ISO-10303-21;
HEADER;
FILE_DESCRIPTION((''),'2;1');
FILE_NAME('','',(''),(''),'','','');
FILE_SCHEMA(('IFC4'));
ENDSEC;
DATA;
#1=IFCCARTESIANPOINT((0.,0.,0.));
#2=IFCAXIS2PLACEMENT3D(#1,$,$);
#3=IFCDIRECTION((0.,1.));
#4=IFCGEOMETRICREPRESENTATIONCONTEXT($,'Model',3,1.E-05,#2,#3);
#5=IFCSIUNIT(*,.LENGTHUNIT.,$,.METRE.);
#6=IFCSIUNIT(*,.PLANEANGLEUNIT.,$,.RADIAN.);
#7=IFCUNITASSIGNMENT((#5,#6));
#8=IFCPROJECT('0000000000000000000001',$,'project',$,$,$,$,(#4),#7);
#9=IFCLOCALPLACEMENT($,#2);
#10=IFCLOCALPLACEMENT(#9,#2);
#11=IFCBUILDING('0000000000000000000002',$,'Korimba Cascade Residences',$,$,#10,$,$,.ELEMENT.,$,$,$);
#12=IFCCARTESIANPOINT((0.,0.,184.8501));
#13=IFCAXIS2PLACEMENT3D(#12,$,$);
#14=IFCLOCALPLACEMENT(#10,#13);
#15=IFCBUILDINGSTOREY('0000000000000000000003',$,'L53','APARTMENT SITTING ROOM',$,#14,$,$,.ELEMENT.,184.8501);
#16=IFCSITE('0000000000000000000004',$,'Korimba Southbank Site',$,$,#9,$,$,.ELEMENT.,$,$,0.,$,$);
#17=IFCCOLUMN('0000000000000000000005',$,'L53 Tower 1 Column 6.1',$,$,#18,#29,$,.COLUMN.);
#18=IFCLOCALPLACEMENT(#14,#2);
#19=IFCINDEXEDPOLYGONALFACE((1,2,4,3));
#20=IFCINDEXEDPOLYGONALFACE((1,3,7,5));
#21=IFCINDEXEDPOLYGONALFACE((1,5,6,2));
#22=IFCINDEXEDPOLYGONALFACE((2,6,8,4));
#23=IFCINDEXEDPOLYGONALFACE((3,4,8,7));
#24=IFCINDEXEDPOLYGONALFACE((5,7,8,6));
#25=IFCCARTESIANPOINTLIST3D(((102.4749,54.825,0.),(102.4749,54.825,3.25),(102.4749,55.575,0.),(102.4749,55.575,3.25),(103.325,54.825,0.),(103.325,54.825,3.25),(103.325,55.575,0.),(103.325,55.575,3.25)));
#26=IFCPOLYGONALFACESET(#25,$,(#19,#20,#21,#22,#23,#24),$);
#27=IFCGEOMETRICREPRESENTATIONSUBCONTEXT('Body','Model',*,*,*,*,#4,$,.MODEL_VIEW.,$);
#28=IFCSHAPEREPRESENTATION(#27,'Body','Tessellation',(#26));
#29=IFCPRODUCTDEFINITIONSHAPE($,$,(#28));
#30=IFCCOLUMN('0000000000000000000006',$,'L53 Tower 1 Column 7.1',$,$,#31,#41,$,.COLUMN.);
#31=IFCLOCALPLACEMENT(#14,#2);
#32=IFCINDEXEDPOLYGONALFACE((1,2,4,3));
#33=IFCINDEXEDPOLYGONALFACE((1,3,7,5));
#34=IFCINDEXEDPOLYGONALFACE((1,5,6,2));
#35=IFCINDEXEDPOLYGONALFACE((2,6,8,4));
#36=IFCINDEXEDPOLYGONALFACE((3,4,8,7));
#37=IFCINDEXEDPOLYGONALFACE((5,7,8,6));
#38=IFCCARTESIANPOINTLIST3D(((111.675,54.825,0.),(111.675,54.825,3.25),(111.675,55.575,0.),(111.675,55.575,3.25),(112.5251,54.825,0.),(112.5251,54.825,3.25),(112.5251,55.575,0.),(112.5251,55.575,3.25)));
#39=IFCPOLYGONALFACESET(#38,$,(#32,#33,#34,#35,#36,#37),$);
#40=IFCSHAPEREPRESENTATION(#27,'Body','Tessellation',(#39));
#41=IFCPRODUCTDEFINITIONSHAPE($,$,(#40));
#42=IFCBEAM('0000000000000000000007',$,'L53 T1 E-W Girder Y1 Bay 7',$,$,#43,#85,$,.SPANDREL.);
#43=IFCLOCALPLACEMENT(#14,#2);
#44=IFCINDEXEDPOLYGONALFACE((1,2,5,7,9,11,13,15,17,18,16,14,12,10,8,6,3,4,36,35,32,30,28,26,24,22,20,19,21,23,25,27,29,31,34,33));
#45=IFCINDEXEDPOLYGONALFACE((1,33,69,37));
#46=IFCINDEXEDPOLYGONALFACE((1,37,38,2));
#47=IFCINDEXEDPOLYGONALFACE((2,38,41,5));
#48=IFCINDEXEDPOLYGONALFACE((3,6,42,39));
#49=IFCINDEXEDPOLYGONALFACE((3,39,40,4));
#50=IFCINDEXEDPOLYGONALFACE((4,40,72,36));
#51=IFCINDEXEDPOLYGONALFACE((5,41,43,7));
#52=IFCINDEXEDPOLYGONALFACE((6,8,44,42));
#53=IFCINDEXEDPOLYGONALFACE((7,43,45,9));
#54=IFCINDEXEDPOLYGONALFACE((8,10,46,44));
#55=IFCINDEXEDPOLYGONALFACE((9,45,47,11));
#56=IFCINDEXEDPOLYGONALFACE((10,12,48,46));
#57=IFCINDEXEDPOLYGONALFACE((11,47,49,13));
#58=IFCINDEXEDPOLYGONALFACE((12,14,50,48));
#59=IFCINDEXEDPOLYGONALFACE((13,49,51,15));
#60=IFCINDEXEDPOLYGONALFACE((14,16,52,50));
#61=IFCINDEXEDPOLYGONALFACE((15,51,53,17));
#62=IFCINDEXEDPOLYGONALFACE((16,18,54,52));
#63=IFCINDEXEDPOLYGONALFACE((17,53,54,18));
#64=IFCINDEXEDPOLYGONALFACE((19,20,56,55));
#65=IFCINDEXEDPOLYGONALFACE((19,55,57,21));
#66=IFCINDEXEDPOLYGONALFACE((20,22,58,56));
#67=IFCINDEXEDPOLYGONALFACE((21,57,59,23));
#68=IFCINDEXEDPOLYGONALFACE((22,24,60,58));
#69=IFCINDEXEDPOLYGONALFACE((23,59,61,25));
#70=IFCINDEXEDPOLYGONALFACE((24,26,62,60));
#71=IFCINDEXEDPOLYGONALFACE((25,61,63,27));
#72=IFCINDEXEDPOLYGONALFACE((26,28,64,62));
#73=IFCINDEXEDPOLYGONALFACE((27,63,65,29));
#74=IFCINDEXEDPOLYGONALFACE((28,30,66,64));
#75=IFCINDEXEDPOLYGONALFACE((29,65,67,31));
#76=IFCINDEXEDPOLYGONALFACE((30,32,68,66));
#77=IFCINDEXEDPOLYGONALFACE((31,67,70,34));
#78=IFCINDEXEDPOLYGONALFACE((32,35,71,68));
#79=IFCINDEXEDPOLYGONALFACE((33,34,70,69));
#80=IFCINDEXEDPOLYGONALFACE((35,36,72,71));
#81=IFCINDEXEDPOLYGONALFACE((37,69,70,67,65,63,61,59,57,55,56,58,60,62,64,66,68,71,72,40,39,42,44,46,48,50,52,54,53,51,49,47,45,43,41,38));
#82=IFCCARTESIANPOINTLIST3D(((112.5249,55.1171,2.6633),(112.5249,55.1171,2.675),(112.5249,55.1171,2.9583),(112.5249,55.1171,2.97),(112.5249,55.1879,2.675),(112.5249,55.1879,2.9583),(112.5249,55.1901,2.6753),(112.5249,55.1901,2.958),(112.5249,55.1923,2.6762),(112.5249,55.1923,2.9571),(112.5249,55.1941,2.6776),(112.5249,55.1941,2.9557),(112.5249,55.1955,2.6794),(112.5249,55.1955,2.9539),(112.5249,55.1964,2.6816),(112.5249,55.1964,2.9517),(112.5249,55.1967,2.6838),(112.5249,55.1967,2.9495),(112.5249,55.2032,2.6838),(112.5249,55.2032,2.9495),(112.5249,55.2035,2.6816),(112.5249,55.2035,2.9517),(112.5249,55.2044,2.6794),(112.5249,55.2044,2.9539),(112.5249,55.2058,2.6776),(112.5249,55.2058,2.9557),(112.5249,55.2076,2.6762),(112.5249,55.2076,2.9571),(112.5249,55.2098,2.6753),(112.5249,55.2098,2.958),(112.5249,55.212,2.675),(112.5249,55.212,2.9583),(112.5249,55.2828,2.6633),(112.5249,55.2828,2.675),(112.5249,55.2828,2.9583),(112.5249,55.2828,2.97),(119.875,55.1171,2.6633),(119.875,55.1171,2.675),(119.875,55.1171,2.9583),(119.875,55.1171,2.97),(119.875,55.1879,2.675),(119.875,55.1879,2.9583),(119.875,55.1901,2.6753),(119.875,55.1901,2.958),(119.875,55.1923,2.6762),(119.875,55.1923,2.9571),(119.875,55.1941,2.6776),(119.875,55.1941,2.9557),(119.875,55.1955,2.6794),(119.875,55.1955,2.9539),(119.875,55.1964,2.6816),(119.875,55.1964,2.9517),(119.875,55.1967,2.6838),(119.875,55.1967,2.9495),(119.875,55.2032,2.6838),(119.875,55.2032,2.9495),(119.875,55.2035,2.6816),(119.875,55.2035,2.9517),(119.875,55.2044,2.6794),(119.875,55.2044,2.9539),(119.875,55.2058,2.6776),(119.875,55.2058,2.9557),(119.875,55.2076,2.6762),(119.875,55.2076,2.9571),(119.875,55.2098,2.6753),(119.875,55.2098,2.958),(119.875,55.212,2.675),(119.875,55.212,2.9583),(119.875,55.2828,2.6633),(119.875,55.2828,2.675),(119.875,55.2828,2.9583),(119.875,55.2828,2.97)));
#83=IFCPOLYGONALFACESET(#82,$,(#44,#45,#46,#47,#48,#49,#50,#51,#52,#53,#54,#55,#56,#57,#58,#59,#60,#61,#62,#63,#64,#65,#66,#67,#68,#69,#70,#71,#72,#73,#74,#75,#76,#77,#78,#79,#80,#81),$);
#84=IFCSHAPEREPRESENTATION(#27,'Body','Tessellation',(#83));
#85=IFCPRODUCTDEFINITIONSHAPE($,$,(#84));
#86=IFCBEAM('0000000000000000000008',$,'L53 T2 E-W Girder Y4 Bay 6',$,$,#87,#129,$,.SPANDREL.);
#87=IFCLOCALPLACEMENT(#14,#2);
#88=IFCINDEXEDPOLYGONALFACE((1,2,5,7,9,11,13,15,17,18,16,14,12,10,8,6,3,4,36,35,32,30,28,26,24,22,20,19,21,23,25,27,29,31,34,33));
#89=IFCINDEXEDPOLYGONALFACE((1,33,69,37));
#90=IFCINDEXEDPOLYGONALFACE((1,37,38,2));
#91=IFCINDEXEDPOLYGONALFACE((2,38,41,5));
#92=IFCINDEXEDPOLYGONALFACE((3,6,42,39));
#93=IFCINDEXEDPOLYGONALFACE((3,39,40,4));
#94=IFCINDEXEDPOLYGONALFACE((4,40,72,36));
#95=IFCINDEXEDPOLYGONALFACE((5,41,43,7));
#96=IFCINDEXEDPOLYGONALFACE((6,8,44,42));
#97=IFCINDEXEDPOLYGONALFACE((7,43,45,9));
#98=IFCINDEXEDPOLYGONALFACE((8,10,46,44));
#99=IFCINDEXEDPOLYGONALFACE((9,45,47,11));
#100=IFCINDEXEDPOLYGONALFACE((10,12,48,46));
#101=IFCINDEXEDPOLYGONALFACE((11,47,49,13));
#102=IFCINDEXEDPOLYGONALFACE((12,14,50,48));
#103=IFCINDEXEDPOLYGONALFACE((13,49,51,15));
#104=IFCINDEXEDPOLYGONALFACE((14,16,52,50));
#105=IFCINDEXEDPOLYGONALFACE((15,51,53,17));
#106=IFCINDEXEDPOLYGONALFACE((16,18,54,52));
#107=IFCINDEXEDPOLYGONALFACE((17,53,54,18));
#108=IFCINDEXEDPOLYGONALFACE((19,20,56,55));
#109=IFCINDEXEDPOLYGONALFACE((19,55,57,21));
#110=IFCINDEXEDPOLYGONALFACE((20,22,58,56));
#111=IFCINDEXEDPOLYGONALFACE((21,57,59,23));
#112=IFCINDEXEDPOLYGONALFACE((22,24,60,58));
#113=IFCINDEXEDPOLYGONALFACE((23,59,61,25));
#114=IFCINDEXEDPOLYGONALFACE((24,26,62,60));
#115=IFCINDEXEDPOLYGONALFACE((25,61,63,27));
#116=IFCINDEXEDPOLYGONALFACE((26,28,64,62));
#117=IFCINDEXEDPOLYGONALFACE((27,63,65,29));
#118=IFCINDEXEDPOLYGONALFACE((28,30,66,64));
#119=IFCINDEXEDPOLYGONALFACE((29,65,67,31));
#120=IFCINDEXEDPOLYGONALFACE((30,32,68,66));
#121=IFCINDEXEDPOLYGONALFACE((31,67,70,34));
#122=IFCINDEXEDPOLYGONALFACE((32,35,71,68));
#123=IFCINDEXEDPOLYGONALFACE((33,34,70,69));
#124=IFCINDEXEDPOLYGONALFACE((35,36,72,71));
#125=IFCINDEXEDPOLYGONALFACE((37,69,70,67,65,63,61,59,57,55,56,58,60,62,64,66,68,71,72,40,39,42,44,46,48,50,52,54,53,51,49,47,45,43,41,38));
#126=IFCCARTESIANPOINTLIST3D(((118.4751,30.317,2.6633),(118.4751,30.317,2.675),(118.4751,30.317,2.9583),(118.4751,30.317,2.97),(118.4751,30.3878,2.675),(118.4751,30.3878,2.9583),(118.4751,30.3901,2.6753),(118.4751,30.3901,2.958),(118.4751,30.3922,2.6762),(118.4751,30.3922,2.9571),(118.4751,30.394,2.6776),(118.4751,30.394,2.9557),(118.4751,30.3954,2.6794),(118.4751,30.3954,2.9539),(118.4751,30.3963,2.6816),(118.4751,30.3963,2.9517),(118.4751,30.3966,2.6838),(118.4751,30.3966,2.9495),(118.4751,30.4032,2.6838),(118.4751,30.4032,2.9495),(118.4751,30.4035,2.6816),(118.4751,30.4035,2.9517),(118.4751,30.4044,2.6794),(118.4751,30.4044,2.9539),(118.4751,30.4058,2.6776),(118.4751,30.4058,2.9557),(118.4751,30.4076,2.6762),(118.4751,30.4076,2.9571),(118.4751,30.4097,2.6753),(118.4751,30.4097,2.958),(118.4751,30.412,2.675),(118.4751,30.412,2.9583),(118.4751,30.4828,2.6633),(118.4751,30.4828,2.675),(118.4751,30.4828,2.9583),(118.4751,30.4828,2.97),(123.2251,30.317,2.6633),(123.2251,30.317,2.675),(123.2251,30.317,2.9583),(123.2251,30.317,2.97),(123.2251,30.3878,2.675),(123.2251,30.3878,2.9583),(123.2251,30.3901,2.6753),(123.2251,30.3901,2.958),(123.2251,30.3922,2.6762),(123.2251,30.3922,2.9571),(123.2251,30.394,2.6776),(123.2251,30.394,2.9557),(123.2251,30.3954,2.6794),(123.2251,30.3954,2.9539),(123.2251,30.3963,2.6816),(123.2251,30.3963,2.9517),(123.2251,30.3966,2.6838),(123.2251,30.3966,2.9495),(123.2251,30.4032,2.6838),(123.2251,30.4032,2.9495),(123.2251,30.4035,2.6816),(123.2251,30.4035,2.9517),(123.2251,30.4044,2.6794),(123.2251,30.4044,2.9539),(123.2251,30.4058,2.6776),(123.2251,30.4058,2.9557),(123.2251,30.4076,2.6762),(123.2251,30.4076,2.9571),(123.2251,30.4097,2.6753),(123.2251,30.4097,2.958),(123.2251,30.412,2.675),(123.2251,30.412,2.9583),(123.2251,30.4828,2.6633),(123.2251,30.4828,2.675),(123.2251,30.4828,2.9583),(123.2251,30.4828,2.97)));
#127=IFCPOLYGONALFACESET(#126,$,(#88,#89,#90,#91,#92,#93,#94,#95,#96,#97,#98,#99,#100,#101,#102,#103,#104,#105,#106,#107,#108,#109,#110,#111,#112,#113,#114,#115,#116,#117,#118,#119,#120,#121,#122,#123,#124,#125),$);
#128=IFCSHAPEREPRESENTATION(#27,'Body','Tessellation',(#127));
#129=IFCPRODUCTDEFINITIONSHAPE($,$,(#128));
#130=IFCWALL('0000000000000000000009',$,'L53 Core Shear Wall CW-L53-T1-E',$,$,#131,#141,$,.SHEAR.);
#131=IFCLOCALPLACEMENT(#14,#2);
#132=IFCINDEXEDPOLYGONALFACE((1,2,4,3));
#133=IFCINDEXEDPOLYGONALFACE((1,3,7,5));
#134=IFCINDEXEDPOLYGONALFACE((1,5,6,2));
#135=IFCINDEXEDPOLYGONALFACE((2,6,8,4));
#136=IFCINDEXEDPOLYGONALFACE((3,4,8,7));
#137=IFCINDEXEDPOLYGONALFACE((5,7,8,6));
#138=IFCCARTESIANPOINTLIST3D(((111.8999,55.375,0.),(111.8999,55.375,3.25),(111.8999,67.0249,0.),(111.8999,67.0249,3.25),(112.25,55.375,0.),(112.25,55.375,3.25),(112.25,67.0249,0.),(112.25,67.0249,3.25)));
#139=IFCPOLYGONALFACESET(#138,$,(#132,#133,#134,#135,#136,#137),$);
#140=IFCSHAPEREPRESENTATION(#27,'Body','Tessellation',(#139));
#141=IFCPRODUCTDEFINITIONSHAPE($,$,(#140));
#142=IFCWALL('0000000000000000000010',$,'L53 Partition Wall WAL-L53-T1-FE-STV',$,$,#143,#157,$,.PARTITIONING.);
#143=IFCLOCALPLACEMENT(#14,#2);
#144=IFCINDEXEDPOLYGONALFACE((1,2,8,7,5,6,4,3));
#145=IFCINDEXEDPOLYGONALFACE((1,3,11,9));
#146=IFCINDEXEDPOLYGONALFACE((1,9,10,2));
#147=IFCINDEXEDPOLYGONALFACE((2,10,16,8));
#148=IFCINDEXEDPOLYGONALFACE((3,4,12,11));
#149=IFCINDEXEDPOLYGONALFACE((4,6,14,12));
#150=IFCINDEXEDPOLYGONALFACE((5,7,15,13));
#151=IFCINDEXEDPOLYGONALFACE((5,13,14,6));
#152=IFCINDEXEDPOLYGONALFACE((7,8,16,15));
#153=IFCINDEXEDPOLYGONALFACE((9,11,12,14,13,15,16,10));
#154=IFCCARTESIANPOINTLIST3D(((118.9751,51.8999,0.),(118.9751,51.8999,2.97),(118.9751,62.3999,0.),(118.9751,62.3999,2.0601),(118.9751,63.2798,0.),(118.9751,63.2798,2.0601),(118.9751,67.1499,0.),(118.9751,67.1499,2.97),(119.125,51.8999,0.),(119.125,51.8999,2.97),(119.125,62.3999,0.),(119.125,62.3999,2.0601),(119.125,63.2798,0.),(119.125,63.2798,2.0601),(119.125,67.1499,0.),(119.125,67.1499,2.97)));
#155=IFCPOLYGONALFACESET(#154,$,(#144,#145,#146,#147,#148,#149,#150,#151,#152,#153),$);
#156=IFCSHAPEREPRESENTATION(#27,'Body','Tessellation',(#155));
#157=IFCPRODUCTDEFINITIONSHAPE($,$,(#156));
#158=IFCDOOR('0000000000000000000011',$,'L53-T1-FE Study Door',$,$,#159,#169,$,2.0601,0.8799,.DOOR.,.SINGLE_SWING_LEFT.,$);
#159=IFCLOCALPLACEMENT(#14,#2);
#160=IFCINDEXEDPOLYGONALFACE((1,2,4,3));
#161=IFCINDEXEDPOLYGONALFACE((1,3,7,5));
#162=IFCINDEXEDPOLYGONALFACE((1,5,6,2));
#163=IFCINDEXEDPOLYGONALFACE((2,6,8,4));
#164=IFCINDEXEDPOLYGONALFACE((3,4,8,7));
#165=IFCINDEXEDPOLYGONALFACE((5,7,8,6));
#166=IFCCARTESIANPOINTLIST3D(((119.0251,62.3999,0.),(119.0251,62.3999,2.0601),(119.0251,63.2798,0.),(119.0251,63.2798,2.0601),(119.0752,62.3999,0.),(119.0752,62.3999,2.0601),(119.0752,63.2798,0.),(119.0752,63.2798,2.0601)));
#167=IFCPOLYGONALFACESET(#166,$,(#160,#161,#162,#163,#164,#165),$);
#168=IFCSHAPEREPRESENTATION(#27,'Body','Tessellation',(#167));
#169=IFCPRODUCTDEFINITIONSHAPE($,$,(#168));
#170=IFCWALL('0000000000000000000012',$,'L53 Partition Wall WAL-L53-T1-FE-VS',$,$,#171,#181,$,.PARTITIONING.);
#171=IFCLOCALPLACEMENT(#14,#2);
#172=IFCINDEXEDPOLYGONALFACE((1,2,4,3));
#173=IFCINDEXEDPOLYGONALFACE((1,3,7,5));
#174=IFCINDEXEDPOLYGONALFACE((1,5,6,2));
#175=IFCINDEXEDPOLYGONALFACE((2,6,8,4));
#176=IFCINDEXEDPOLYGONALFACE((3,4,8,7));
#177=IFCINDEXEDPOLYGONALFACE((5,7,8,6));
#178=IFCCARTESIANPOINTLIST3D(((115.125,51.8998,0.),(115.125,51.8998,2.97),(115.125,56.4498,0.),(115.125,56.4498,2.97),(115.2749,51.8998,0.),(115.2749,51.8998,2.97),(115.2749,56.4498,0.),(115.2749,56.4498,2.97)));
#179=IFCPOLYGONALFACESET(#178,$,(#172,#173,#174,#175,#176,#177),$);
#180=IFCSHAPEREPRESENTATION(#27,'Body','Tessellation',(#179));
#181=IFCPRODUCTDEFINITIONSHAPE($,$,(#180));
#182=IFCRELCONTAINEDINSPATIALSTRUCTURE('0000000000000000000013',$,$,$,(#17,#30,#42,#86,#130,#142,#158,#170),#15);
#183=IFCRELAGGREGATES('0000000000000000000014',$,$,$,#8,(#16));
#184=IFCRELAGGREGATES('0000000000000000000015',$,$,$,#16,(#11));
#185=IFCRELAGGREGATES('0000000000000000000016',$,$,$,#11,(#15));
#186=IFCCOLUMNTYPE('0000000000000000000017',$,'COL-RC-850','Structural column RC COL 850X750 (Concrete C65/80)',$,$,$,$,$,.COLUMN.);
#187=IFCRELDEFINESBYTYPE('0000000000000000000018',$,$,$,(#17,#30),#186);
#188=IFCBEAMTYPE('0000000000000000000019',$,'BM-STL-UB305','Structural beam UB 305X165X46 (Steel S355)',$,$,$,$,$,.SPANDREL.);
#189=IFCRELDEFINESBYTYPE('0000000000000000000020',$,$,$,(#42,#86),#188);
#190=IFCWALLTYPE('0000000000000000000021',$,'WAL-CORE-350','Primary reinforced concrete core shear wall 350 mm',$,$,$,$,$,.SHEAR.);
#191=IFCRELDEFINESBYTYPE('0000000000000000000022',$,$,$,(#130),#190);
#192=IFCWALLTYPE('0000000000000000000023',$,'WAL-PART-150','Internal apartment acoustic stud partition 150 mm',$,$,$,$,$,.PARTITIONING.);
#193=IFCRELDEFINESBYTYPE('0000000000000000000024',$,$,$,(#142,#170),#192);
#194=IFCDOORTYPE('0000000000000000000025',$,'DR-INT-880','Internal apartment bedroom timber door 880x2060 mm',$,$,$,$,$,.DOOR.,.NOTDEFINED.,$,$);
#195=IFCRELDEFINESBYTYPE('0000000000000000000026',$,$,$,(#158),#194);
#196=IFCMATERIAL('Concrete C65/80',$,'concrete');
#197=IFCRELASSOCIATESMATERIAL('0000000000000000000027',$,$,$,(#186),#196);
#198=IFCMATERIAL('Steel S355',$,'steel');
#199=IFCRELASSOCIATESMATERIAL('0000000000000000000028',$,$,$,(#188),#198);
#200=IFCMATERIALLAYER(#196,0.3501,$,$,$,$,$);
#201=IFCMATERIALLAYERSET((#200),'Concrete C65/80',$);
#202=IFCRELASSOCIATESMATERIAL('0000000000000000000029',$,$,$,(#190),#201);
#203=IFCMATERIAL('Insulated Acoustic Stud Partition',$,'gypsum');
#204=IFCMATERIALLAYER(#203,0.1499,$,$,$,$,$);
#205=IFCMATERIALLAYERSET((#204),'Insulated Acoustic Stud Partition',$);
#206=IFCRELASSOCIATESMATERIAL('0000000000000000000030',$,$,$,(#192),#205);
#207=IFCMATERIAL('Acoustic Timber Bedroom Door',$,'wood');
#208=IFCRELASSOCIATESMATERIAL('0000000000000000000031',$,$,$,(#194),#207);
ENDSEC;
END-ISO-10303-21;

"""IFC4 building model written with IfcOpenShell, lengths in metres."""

from ifc_helpers import new_model, si_unit, direction, frame, frame_2d, origin, origin_2d, place, context, subcontext, project, spatial, rectangle, i_section, extrude, material, layer, layer_set, material_profile, profile_set, type_object, element, fill, save


model = new_model("IFC4")

# Units and contexts
model_context = context("Model", 3, precision=1e-05, world=origin(), true_north=direction((0.0, 1.0)))
body_context = subcontext(model_context, "Body", "Model", "MODEL_VIEW")
ifc_project = project(units=[si_unit("LENGTHUNIT", "METRE"), si_unit("PLANEANGLEUNIT", "RADIAN")], contexts=[model_context])

# Site, building, storey
site_placement = place(None, origin())
site = spatial("IfcSite", under=ifc_project, at=site_placement, Name="Korimba Southbank Site", CompositionType="ELEMENT", RefElevation=0.0)
building_placement = place(site_placement, origin())
building = spatial("IfcBuilding", under=site, at=building_placement, Name="Korimba Cascade Residences", CompositionType="ELEMENT")
storey_placement = place(building_placement, frame((0.0, 0.0, 184.8501)))
storey = spatial("IfcBuildingStorey", under=building, at=storey_placement, Name="L53", Description="APARTMENT SITTING ROOM", CompositionType="ELEMENT", Elevation=184.8501)

# Columns
ifc_material_1 = material(Name="Concrete C65/80", Category="concrete")
ifc_material_profile_1 = material_profile(ifc_material_1, rectangle(XDim=0.8501, YDim=0.75, at=origin_2d()), Name="Concrete C65/80")
ifc_profile_set_1 = profile_set([ifc_material_profile_1], Name="Concrete C65/80")
column_type = type_object("IfcColumnType", Name="COL-RC-850", Description="Structural column RC COL 850X750 (Concrete C65/80)", PredefinedType="COLUMN", material=ifc_profile_set_1)
for number, where, z_axis, x_axis, name in (
    (1, (102.8999, 55.2, 0.0), (0.0, 0.0, 1.0), (1.0, 0.0, 0.0), "L53 Tower 1 Column 6.1"),
    (2, (112.1001, 55.2, 0.0), (0.0, 0.0, 1.0), (1.0, 0.0, 0.0), "L53 Tower 1 Column 7.1"),
):
    element("IfcColumn", number, at=place(storey_placement, frame(where, z_axis=z_axis, x_axis=x_axis)), inside=storey, type_object=column_type, Name=name, PredefinedType="COLUMN", context=body_context, shape_type="SweptSolid", body=[
        extrude(rectangle(XDim=0.8501, YDim=0.75, at=origin_2d()), origin(), (0.0, 0.0, 1.0), 3.25),
    ])

# Beams
ifc_material_2 = material(Name="Steel S355", Category="steel")
ifc_material_profile_2 = material_profile(ifc_material_2, i_section(OverallWidth=0.1658, OverallDepth=0.3066, WebThickness=0.0066, FlangeThickness=0.0117, FilletRadius=0.0088, at=origin_2d()), Name="Steel S355")
ifc_profile_set_2 = profile_set([ifc_material_profile_2], Name="Steel S355")
beam_type = type_object("IfcBeamType", Name="BM-STL-UB305", Description="Structural beam UB 305X165X46 (Steel S355)", PredefinedType="SPANDREL", material=ifc_profile_set_2)
beam_1_placement = place(storey_placement, frame((112.5249, 55.2, 2.8167), z_axis=(1.0, 0.0, 0.0), x_axis=(0.0, 1.0, 0.0)))
element("IfcBeam", 3, at=beam_1_placement, inside=storey, type_object=beam_type, Name="L53 T1 E-W Girder Y1 Bay 7", PredefinedType="SPANDREL", context=body_context, shape_type="SweptSolid", body=[
    extrude(i_section(OverallWidth=0.1658, OverallDepth=0.3066, WebThickness=0.0066, FlangeThickness=0.0117, FilletRadius=0.0088, at=origin_2d()), origin(), (0.0, 0.0, 1.0), 7.3501),
])
beam_2_placement = place(storey_placement, frame((118.4751, 30.3999, 2.8167), z_axis=(1.0, 0.0, 0.0), x_axis=(0.0, 1.0, 0.0)))
element("IfcBeam", 4, at=beam_2_placement, inside=storey, type_object=beam_type, Name="L53 T2 E-W Girder Y4 Bay 6", PredefinedType="SPANDREL", context=body_context, shape_type="SweptSolid", body=[
    extrude(i_section(OverallWidth=0.1658, OverallDepth=0.3066, WebThickness=0.0066, FlangeThickness=0.0117, FilletRadius=0.0088, at=origin_2d()), origin(), (0.0, 0.0, 1.0), 4.75),
])

# Wall
ifc_layer_1 = layer(ifc_material_1, 0.3501)
ifc_layer_set_1 = layer_set([ifc_layer_1], Name="Concrete C65/80")
wall_type_1 = type_object("IfcWallType", Name="WAL-CORE-350", Description="Primary reinforced concrete core shear wall 350 mm", PredefinedType="SHEAR", material=ifc_layer_set_1)
wall_1_placement = place(storey_placement, frame((112.075, 55.375, 0.0), z_axis=(0.0, 0.0, 1.0), x_axis=(0.0, 1.0, 0.0)))
element("IfcWall", 5, at=wall_1_placement, inside=storey, type_object=wall_type_1, Name="L53 Core Shear Wall CW-L53-T1-E", PredefinedType="SHEAR", context=body_context, shape_type="SweptSolid", body=[
    extrude(rectangle(XDim=11.6499, YDim=0.3501, at=frame_2d((5.825, 0.0))), origin(), (0.0, 0.0, 1.0), 3.25),
])

# Wall, opening, door
ifc_material_3 = material(Name="Insulated Acoustic Stud Partition", Category="gypsum")
ifc_layer_2 = layer(ifc_material_3, 0.1499)
ifc_layer_set_2 = layer_set([ifc_layer_2], Name="Insulated Acoustic Stud Partition")
wall_type_2 = type_object("IfcWallType", Name="WAL-PART-150", Description="Internal apartment acoustic stud partition 150 mm", PredefinedType="PARTITIONING", material=ifc_layer_set_2)
wall_2_placement = place(storey_placement, frame((119.05, 51.8999, 0.0), z_axis=(0.0, 0.0, 1.0), x_axis=(0.0, 1.0, 0.0)))
wall_2 = element("IfcWall", 6, at=wall_2_placement, inside=storey, type_object=wall_type_2, Name="L53 Partition Wall WAL-L53-T1-FE-STV", PredefinedType="PARTITIONING", context=body_context, shape_type="SweptSolid", body=[
    extrude(rectangle(XDim=15.25, YDim=0.1499, at=frame_2d((7.625, 0.0))), origin(), (0.0, 0.0, 1.0), 2.97),
])
opening_1_placement = place(wall_2_placement, frame((10.5, 0.0, 0.0)))
opening_1 = element("IfcOpeningElement", 7, at=opening_1_placement, cuts=wall_2, PredefinedType="OPENING", context=body_context, shape_type="SweptSolid", body=[
    extrude(rectangle(XDim=0.8799, YDim=2.0601, at=frame_2d((0.4399, 1.03))), frame((0.0, 0.085, 0.0), z_axis=(0.0, -1.0, 0.0), x_axis=(1.0, 0.0, 0.0)), (0.0, 0.0, 1.0), 0.1699),
])
ifc_material_4 = material(Name="Acoustic Timber Bedroom Door", Category="wood")
door_type_1 = type_object("IfcDoorType", Name="DR-INT-880", Description="Internal apartment bedroom timber door 880x2060 mm", OperationType="NOTDEFINED", PredefinedType="DOOR", material=ifc_material_4)
door_1_placement = place(opening_1_placement, origin())
door_1 = element("IfcDoor", 8, at=door_1_placement, inside=storey, type_object=door_type_1, Name="L53-T1-FE Study Door", OperationType="SINGLE_SWING_LEFT", OverallHeight=2.0601, OverallWidth=0.8799, PredefinedType="DOOR", context=body_context, shape_type="SweptSolid", body=[
    extrude(rectangle(XDim=0.8799, YDim=2.0601, at=frame_2d((0.4399, 1.03))), frame((0.0, 0.0249, 0.0), z_axis=(0.0, -1.0, 0.0), x_axis=(1.0, 0.0, 0.0)), (0.0, 0.0, 1.0), 0.05),
])
fill(opening_1, door_1)

# Wall
wall_3_placement = place(storey_placement, frame((115.2, 51.8999, 0.0), z_axis=(0.0, 0.0, 1.0), x_axis=(0.0, 1.0, 0.0)))
element("IfcWall", 9, at=wall_3_placement, inside=storey, type_object=wall_type_2, Name="L53 Partition Wall WAL-L53-T1-FE-VS", PredefinedType="PARTITIONING", context=body_context, shape_type="SweptSolid", body=[
    extrude(rectangle(XDim=4.55, YDim=0.1499, at=frame_2d((2.2749, 0.0))), origin(), (0.0, 0.0, 1.0), 2.97),
])

save(model, "model.ifc")
